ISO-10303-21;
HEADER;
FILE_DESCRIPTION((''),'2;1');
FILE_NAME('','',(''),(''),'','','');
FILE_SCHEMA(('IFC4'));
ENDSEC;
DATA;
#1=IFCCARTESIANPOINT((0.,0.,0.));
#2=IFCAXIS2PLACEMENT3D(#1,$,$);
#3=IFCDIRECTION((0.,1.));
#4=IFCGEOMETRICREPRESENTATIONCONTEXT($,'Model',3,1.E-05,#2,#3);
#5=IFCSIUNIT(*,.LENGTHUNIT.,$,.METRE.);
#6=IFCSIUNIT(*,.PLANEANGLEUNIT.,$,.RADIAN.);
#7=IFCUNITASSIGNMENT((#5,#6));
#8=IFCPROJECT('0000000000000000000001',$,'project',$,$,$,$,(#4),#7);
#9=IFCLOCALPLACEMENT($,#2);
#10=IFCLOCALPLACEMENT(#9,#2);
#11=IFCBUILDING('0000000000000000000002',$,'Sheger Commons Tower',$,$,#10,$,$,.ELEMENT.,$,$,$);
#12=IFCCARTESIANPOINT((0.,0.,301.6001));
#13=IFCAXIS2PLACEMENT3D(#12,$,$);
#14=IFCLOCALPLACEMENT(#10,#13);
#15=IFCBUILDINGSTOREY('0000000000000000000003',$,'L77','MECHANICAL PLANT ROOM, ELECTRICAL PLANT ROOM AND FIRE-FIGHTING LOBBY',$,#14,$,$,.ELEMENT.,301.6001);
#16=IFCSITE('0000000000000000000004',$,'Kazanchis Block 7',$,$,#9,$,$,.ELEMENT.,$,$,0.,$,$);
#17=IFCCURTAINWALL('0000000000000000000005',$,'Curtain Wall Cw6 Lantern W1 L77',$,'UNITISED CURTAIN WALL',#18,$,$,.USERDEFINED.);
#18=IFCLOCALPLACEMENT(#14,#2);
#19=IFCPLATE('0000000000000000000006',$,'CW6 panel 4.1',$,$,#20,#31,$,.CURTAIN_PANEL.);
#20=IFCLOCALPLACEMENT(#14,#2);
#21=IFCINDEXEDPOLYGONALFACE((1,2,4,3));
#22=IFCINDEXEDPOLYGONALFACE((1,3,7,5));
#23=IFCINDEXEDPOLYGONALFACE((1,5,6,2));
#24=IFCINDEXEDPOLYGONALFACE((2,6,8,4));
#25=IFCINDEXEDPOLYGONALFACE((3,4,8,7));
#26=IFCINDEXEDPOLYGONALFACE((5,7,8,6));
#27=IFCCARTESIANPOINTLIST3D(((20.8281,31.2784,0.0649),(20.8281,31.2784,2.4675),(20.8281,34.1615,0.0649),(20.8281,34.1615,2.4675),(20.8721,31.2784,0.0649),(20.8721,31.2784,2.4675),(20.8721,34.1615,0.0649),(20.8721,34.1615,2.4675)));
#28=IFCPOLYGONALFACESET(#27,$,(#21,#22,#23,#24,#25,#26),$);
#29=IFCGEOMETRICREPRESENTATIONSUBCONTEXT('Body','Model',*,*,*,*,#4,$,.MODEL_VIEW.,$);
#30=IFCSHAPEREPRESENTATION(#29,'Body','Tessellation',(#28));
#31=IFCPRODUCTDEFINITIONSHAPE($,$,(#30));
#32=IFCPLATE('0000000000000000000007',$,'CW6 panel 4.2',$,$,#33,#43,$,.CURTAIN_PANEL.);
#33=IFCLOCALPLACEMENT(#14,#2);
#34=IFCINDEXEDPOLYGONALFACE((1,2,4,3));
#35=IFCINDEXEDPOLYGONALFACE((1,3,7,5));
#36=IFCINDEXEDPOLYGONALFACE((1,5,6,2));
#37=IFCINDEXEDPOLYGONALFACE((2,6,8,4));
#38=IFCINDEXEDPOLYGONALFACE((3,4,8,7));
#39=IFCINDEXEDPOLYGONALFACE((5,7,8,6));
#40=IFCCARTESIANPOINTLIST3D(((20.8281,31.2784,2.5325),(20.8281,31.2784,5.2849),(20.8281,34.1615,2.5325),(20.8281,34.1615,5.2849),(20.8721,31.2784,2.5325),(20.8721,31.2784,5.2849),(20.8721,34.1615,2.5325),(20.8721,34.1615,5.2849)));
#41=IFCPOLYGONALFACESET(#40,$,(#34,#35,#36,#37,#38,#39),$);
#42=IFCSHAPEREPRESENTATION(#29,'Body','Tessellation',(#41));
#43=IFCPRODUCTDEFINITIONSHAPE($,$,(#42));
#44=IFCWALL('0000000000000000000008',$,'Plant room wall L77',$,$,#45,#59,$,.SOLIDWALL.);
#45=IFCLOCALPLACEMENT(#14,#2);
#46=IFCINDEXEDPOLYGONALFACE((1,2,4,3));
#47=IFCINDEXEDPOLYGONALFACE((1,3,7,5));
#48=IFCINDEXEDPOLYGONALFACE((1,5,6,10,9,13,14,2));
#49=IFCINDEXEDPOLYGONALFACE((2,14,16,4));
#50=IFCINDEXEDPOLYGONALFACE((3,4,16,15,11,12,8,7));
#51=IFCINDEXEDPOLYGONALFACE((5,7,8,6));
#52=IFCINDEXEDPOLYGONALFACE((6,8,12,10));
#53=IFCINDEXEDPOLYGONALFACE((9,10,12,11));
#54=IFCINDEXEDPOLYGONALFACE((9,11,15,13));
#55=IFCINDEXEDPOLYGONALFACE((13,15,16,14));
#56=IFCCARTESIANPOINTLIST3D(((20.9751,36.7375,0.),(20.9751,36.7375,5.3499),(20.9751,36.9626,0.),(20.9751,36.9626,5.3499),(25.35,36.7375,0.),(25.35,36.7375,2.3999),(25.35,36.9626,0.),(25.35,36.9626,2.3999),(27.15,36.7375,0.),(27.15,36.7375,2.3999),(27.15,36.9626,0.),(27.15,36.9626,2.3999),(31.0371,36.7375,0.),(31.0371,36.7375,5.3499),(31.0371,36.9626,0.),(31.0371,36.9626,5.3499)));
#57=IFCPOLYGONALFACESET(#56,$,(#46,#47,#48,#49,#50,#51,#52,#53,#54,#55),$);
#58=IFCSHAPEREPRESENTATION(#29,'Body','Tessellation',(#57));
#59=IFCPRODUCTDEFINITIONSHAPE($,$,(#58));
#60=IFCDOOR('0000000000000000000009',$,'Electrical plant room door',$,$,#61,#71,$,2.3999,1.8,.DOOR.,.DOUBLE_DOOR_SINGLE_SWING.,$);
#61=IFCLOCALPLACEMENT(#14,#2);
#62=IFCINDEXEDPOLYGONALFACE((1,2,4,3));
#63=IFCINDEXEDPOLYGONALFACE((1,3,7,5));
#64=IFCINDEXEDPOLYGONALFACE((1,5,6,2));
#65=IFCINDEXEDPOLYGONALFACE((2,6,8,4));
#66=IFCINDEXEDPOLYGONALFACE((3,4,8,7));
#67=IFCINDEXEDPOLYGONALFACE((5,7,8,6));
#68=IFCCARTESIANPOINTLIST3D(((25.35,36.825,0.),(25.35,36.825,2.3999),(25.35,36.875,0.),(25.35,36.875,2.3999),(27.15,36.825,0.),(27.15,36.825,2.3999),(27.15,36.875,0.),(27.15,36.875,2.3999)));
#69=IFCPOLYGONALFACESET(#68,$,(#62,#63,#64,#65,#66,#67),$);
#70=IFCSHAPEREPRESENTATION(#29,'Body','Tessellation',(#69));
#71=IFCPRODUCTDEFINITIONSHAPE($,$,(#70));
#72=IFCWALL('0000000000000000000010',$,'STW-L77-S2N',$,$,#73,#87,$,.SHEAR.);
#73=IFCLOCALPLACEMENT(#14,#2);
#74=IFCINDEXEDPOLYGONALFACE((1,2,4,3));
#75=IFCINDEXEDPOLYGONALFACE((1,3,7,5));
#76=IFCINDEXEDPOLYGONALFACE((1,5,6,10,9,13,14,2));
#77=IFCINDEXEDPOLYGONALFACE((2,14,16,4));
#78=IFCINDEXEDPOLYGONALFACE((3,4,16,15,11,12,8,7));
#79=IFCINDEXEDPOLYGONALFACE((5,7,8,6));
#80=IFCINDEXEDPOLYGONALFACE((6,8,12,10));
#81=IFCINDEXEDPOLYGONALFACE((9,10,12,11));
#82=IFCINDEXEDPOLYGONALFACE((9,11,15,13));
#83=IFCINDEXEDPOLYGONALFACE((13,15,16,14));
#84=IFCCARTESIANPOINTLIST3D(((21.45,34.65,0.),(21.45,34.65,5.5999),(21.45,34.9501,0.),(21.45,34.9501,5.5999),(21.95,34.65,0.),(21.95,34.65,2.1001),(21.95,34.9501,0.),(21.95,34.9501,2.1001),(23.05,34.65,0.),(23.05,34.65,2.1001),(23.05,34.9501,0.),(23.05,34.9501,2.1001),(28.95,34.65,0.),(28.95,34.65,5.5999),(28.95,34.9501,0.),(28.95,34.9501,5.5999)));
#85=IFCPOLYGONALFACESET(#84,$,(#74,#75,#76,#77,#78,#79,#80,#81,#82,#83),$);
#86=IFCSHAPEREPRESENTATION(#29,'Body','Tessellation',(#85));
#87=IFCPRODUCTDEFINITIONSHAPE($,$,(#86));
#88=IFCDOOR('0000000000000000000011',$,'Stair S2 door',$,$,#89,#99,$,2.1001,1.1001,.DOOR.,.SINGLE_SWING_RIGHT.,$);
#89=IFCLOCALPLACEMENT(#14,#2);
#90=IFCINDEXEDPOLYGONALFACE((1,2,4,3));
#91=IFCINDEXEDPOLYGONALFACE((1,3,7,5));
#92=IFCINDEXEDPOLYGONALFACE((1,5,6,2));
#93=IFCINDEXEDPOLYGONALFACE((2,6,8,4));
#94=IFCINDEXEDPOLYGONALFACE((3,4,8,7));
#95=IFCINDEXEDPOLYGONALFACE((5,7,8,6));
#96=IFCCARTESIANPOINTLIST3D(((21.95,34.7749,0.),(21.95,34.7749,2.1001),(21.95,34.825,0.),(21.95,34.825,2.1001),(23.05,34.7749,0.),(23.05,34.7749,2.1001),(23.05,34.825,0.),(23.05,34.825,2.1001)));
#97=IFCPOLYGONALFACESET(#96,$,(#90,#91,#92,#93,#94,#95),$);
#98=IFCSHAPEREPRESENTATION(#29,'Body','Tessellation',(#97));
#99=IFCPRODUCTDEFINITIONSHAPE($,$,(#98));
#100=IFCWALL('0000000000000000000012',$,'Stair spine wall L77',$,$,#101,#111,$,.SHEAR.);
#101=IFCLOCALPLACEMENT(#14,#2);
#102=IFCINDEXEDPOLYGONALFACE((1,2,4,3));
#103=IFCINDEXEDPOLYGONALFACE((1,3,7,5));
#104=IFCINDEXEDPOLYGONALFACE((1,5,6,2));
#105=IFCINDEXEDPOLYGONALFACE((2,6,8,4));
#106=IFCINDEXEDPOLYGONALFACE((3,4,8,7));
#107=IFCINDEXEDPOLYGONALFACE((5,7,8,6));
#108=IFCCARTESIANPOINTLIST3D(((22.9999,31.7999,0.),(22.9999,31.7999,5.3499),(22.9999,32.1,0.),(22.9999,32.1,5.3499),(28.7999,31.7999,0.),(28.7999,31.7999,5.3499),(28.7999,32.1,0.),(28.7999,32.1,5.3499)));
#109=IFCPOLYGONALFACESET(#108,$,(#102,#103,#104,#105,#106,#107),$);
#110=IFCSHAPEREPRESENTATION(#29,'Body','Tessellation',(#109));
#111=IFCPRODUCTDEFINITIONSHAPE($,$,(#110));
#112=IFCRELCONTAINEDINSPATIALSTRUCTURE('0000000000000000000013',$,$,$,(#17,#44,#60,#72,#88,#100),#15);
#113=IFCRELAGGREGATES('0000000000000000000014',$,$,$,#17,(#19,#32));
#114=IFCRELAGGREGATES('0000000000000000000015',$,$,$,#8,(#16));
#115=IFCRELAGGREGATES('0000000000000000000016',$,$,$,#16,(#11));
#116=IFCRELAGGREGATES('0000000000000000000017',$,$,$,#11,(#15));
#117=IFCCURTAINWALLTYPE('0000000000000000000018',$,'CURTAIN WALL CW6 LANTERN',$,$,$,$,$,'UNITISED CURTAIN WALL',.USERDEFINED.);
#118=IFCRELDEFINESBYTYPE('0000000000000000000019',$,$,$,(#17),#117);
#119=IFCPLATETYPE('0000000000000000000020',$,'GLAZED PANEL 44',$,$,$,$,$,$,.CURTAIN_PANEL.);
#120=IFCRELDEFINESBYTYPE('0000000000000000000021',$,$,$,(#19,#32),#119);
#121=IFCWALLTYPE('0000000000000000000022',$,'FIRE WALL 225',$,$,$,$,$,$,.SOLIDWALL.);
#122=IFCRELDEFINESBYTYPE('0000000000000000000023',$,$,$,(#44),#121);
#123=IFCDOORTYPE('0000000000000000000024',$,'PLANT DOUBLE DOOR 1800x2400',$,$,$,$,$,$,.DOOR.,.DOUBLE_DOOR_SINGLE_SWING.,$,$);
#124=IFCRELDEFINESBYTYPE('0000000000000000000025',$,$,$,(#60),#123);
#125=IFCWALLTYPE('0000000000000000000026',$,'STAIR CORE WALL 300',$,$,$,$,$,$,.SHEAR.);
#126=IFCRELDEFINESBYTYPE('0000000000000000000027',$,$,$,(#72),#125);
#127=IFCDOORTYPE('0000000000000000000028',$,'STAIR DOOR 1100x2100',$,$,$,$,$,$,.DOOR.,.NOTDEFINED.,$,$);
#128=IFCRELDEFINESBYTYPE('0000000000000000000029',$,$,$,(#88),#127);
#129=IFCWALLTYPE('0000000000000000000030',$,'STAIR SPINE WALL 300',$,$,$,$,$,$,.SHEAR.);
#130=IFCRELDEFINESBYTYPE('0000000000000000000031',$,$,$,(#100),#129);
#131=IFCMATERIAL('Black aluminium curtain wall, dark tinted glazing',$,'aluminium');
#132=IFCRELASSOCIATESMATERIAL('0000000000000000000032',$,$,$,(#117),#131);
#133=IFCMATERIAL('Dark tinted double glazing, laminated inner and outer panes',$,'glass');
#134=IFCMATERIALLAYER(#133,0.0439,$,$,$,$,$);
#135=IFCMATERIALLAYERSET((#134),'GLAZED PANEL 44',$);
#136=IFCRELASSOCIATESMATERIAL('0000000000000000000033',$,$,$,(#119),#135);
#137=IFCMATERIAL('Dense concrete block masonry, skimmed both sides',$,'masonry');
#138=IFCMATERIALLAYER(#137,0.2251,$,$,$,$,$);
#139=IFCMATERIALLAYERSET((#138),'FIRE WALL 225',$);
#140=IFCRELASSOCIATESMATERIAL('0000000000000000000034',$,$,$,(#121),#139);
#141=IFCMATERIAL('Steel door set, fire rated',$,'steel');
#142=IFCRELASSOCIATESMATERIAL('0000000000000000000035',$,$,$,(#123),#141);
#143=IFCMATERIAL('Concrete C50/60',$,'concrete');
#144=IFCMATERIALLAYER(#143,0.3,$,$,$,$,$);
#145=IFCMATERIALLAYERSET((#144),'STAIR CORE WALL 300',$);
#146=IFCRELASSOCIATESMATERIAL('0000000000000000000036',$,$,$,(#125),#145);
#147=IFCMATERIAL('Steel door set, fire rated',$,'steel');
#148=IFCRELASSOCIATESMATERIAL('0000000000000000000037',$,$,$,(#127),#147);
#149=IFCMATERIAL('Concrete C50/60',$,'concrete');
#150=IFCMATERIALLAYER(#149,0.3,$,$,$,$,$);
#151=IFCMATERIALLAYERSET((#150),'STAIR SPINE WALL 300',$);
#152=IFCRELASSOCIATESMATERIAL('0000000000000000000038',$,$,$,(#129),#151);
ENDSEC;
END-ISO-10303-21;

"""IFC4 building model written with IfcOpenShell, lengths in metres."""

from ifc_helpers import new_model, si_unit, direction, frame, frame_2d, origin, origin_2d, place, context, subcontext, project, spatial, rectangle, extrude, material, layer, layer_set, type_object, element, fill, aggregate, save


model = new_model("IFC4")

# Units and contexts
model_context = context("Model", 3, precision=1e-05, world=origin(), true_north=direction((0.0, 1.0)))
body_context = subcontext(model_context, "Body", "Model", "MODEL_VIEW")
ifc_project = project(units=[si_unit("LENGTHUNIT", "METRE"), si_unit("PLANEANGLEUNIT", "RADIAN")], contexts=[model_context])

# Site, building, storey
site_placement = place(None, origin())
site = spatial("IfcSite", under=ifc_project, at=site_placement, Name="Kazanchis Block 7", CompositionType="ELEMENT", RefElevation=0.0)
building_placement = place(site_placement, origin())
building = spatial("IfcBuilding", under=site, at=building_placement, Name="Sheger Commons Tower", CompositionType="ELEMENT")
storey_placement = place(building_placement, frame((0.0, 0.0, 301.6001)))
storey = spatial("IfcBuildingStorey", under=building, at=storey_placement, Name="L77", Description="MECHANICAL PLANT ROOM, ELECTRICAL PLANT ROOM AND FIRE-FIGHTING LOBBY", CompositionType="ELEMENT", Elevation=301.6001)

# Curtain wall, plates
ifc_material_1 = material(Name="Black aluminium curtain wall, dark tinted glazing", Category="aluminium")
curtain_wall_type = type_object("IfcCurtainWallType", Name="CURTAIN WALL CW6 LANTERN", ElementType="UNITISED CURTAIN WALL", PredefinedType="USERDEFINED", material=ifc_material_1)
curtain_wall_placement = place(storey_placement, origin())
curtain_wall = element("IfcCurtainWall", 1, at=curtain_wall_placement, inside=storey, type_object=curtain_wall_type, Name="Curtain Wall Cw6 Lantern W1 L77", ObjectType="UNITISED CURTAIN WALL", PredefinedType="USERDEFINED")
ifc_material_2 = material(Name="Dark tinted double glazing, laminated inner and outer panes", Category="glass")
ifc_layer_1 = layer(ifc_material_2, 0.0439)
ifc_layer_set_1 = layer_set([ifc_layer_1], Name="GLAZED PANEL 44")
plate_type = type_object("IfcPlateType", Name="GLAZED PANEL 44", PredefinedType="CURTAIN_PANEL", material=ifc_layer_set_1)
plate_1_placement = place(storey_placement, frame((20.8501, 32.72, 0.0649), z_axis=(0.0, 0.0, 1.0), x_axis=(0.0, -1.0, 0.0)))
plate_1 = element("IfcPlate", 2, at=plate_1_placement, type_object=plate_type, Name="CW6 panel 4.1", PredefinedType="CURTAIN_PANEL", context=body_context, shape_type="SweptSolid", body=[
    extrude(rectangle(XDim=2.8831, YDim=0.0439, at=origin_2d()), origin(), (0.0, 0.0, 1.0), 2.4026),
])
plate_2_placement = place(storey_placement, frame((20.8501, 32.72, 2.5325), z_axis=(0.0, 0.0, 1.0), x_axis=(0.0, -1.0, 0.0)))
plate_2 = element("IfcPlate", 3, at=plate_2_placement, type_object=plate_type, Name="CW6 panel 4.2", PredefinedType="CURTAIN_PANEL", context=body_context, shape_type="SweptSolid", body=[
    extrude(rectangle(XDim=2.8831, YDim=0.0439, at=origin_2d()), origin(), (0.0, 0.0, 1.0), 2.7524),
])
aggregate(curtain_wall, [plate_1, plate_2])

# Walls, openings, doors
ifc_material_3 = material(Name="Dense concrete block masonry, skimmed both sides", Category="masonry")
ifc_layer_2 = layer(ifc_material_3, 0.2251)
ifc_layer_set_2 = layer_set([ifc_layer_2], Name="FIRE WALL 225")
wall_type_1 = type_object("IfcWallType", Name="FIRE WALL 225", PredefinedType="SOLIDWALL", material=ifc_layer_set_2)
wall_1_placement = place(storey_placement, frame((20.9751, 36.8501, 0.0), z_axis=(0.0, 0.0, 1.0), x_axis=(1.0, 0.0, 0.0)))
wall_1 = element("IfcWall", 4, at=wall_1_placement, inside=storey, type_object=wall_type_1, Name="Plant room wall L77", PredefinedType="SOLIDWALL", context=body_context, shape_type="SweptSolid", body=[
    extrude(rectangle(XDim=10.062, YDim=0.2251, at=frame_2d((5.031, 0.0))), origin(), (0.0, 0.0, 1.0), 5.3499),
])
opening_1_placement = place(wall_1_placement, frame((4.375, 0.0, 0.0)))
opening_1 = element("IfcOpeningElement", 5, at=opening_1_placement, cuts=wall_1, PredefinedType="OPENING", context=body_context, shape_type="SweptSolid", body=[
    extrude(rectangle(XDim=1.8, YDim=2.3999, at=frame_2d((0.8999, 1.2))), frame((0.0, 0.1226, 0.0), z_axis=(0.0, -1.0, 0.0), x_axis=(1.0, 0.0, 0.0)), (0.0, 0.0, 1.0), 0.2451),
])
ifc_material_4 = material(Name="Steel door set, fire rated", Category="steel")
door_type_1 = type_object("IfcDoorType", Name="PLANT DOUBLE DOOR 1800x2400", OperationType="DOUBLE_DOOR_SINGLE_SWING", PredefinedType="DOOR", material=ifc_material_4)
door_1_placement = place(opening_1_placement, origin())
door_1 = element("IfcDoor", 6, at=door_1_placement, inside=storey, type_object=door_type_1, Name="Electrical plant room door", OperationType="DOUBLE_DOOR_SINGLE_SWING", OverallHeight=2.3999, OverallWidth=1.8, PredefinedType="DOOR", context=body_context, shape_type="SweptSolid", body=[
    extrude(rectangle(XDim=1.8, YDim=2.3999, at=frame_2d((0.8999, 1.2))), frame((0.0, 0.0249, 0.0), z_axis=(0.0, -1.0, 0.0), x_axis=(1.0, 0.0, 0.0)), (0.0, 0.0, 1.0), 0.05),
])
fill(opening_1, door_1)
ifc_material_5 = material(Name="Concrete C50/60", Category="concrete")
ifc_layer_3 = layer(ifc_material_5, 0.3)
ifc_layer_set_3 = layer_set([ifc_layer_3], Name="STAIR CORE WALL 300")
wall_type_2 = type_object("IfcWallType", Name="STAIR CORE WALL 300", PredefinedType="SHEAR", material=ifc_layer_set_3)
wall_2_placement = place(storey_placement, frame((21.45, 34.8, 0.0), z_axis=(0.0, 0.0, 1.0), x_axis=(1.0, 0.0, 0.0)))
wall_2 = element("IfcWall", 7, at=wall_2_placement, inside=storey, type_object=wall_type_2, Name="STW-L77-S2N", PredefinedType="SHEAR", context=body_context, shape_type="SweptSolid", body=[
    extrude(rectangle(XDim=7.5, YDim=0.3, at=frame_2d((3.75, 0.0))), origin(), (0.0, 0.0, 1.0), 5.5999),
])
opening_2_placement = place(wall_2_placement, frame((0.5, 0.0, 0.0)))
opening_2 = element("IfcOpeningElement", 8, at=opening_2_placement, cuts=wall_2, PredefinedType="OPENING", context=body_context, shape_type="SweptSolid", body=[
    extrude(rectangle(XDim=1.1001, YDim=2.1001, at=frame_2d((0.55, 1.05))), frame((0.0, 0.1599, 0.0), z_axis=(0.0, -1.0, 0.0), x_axis=(1.0, 0.0, 0.0)), (0.0, 0.0, 1.0), 0.3201),
])
ifc_material_6 = material(Name="Steel door set, fire rated", Category="steel")
door_type_2 = type_object("IfcDoorType", Name="STAIR DOOR 1100x2100", OperationType="NOTDEFINED", PredefinedType="DOOR", material=ifc_material_6)
door_2_placement = place(opening_2_placement, origin())
door_2 = element("IfcDoor", 9, at=door_2_placement, inside=storey, type_object=door_type_2, Name="Stair S2 door", OperationType="SINGLE_SWING_RIGHT", OverallHeight=2.1001, OverallWidth=1.1001, PredefinedType="DOOR", context=body_context, shape_type="SweptSolid", body=[
    extrude(rectangle(XDim=1.1001, YDim=2.1001, at=frame_2d((0.55, 1.05))), frame((0.0, 0.0249, 0.0), z_axis=(0.0, -1.0, 0.0), x_axis=(1.0, 0.0, 0.0)), (0.0, 0.0, 1.0), 0.05),
])
fill(opening_2, door_2)

# Wall
ifc_material_7 = material(Name="Concrete C50/60", Category="concrete")
ifc_layer_4 = layer(ifc_material_7, 0.3)
ifc_layer_set_4 = layer_set([ifc_layer_4], Name="STAIR SPINE WALL 300")
wall_type_3 = type_object("IfcWallType", Name="STAIR SPINE WALL 300", PredefinedType="SHEAR", material=ifc_layer_set_4)
wall_3_placement = place(storey_placement, frame((23.0, 31.95, 0.0), z_axis=(0.0, 0.0, 1.0), x_axis=(1.0, 0.0, 0.0)))
element("IfcWall", 10, at=wall_3_placement, inside=storey, type_object=wall_type_3, Name="Stair spine wall L77", PredefinedType="SHEAR", context=body_context, shape_type="SweptSolid", body=[
    extrude(rectangle(XDim=5.8, YDim=0.3, at=frame_2d((2.8999, 0.0))), origin(), (0.0, 0.0, 1.0), 5.3499),
])

save(model, "model.ifc")
